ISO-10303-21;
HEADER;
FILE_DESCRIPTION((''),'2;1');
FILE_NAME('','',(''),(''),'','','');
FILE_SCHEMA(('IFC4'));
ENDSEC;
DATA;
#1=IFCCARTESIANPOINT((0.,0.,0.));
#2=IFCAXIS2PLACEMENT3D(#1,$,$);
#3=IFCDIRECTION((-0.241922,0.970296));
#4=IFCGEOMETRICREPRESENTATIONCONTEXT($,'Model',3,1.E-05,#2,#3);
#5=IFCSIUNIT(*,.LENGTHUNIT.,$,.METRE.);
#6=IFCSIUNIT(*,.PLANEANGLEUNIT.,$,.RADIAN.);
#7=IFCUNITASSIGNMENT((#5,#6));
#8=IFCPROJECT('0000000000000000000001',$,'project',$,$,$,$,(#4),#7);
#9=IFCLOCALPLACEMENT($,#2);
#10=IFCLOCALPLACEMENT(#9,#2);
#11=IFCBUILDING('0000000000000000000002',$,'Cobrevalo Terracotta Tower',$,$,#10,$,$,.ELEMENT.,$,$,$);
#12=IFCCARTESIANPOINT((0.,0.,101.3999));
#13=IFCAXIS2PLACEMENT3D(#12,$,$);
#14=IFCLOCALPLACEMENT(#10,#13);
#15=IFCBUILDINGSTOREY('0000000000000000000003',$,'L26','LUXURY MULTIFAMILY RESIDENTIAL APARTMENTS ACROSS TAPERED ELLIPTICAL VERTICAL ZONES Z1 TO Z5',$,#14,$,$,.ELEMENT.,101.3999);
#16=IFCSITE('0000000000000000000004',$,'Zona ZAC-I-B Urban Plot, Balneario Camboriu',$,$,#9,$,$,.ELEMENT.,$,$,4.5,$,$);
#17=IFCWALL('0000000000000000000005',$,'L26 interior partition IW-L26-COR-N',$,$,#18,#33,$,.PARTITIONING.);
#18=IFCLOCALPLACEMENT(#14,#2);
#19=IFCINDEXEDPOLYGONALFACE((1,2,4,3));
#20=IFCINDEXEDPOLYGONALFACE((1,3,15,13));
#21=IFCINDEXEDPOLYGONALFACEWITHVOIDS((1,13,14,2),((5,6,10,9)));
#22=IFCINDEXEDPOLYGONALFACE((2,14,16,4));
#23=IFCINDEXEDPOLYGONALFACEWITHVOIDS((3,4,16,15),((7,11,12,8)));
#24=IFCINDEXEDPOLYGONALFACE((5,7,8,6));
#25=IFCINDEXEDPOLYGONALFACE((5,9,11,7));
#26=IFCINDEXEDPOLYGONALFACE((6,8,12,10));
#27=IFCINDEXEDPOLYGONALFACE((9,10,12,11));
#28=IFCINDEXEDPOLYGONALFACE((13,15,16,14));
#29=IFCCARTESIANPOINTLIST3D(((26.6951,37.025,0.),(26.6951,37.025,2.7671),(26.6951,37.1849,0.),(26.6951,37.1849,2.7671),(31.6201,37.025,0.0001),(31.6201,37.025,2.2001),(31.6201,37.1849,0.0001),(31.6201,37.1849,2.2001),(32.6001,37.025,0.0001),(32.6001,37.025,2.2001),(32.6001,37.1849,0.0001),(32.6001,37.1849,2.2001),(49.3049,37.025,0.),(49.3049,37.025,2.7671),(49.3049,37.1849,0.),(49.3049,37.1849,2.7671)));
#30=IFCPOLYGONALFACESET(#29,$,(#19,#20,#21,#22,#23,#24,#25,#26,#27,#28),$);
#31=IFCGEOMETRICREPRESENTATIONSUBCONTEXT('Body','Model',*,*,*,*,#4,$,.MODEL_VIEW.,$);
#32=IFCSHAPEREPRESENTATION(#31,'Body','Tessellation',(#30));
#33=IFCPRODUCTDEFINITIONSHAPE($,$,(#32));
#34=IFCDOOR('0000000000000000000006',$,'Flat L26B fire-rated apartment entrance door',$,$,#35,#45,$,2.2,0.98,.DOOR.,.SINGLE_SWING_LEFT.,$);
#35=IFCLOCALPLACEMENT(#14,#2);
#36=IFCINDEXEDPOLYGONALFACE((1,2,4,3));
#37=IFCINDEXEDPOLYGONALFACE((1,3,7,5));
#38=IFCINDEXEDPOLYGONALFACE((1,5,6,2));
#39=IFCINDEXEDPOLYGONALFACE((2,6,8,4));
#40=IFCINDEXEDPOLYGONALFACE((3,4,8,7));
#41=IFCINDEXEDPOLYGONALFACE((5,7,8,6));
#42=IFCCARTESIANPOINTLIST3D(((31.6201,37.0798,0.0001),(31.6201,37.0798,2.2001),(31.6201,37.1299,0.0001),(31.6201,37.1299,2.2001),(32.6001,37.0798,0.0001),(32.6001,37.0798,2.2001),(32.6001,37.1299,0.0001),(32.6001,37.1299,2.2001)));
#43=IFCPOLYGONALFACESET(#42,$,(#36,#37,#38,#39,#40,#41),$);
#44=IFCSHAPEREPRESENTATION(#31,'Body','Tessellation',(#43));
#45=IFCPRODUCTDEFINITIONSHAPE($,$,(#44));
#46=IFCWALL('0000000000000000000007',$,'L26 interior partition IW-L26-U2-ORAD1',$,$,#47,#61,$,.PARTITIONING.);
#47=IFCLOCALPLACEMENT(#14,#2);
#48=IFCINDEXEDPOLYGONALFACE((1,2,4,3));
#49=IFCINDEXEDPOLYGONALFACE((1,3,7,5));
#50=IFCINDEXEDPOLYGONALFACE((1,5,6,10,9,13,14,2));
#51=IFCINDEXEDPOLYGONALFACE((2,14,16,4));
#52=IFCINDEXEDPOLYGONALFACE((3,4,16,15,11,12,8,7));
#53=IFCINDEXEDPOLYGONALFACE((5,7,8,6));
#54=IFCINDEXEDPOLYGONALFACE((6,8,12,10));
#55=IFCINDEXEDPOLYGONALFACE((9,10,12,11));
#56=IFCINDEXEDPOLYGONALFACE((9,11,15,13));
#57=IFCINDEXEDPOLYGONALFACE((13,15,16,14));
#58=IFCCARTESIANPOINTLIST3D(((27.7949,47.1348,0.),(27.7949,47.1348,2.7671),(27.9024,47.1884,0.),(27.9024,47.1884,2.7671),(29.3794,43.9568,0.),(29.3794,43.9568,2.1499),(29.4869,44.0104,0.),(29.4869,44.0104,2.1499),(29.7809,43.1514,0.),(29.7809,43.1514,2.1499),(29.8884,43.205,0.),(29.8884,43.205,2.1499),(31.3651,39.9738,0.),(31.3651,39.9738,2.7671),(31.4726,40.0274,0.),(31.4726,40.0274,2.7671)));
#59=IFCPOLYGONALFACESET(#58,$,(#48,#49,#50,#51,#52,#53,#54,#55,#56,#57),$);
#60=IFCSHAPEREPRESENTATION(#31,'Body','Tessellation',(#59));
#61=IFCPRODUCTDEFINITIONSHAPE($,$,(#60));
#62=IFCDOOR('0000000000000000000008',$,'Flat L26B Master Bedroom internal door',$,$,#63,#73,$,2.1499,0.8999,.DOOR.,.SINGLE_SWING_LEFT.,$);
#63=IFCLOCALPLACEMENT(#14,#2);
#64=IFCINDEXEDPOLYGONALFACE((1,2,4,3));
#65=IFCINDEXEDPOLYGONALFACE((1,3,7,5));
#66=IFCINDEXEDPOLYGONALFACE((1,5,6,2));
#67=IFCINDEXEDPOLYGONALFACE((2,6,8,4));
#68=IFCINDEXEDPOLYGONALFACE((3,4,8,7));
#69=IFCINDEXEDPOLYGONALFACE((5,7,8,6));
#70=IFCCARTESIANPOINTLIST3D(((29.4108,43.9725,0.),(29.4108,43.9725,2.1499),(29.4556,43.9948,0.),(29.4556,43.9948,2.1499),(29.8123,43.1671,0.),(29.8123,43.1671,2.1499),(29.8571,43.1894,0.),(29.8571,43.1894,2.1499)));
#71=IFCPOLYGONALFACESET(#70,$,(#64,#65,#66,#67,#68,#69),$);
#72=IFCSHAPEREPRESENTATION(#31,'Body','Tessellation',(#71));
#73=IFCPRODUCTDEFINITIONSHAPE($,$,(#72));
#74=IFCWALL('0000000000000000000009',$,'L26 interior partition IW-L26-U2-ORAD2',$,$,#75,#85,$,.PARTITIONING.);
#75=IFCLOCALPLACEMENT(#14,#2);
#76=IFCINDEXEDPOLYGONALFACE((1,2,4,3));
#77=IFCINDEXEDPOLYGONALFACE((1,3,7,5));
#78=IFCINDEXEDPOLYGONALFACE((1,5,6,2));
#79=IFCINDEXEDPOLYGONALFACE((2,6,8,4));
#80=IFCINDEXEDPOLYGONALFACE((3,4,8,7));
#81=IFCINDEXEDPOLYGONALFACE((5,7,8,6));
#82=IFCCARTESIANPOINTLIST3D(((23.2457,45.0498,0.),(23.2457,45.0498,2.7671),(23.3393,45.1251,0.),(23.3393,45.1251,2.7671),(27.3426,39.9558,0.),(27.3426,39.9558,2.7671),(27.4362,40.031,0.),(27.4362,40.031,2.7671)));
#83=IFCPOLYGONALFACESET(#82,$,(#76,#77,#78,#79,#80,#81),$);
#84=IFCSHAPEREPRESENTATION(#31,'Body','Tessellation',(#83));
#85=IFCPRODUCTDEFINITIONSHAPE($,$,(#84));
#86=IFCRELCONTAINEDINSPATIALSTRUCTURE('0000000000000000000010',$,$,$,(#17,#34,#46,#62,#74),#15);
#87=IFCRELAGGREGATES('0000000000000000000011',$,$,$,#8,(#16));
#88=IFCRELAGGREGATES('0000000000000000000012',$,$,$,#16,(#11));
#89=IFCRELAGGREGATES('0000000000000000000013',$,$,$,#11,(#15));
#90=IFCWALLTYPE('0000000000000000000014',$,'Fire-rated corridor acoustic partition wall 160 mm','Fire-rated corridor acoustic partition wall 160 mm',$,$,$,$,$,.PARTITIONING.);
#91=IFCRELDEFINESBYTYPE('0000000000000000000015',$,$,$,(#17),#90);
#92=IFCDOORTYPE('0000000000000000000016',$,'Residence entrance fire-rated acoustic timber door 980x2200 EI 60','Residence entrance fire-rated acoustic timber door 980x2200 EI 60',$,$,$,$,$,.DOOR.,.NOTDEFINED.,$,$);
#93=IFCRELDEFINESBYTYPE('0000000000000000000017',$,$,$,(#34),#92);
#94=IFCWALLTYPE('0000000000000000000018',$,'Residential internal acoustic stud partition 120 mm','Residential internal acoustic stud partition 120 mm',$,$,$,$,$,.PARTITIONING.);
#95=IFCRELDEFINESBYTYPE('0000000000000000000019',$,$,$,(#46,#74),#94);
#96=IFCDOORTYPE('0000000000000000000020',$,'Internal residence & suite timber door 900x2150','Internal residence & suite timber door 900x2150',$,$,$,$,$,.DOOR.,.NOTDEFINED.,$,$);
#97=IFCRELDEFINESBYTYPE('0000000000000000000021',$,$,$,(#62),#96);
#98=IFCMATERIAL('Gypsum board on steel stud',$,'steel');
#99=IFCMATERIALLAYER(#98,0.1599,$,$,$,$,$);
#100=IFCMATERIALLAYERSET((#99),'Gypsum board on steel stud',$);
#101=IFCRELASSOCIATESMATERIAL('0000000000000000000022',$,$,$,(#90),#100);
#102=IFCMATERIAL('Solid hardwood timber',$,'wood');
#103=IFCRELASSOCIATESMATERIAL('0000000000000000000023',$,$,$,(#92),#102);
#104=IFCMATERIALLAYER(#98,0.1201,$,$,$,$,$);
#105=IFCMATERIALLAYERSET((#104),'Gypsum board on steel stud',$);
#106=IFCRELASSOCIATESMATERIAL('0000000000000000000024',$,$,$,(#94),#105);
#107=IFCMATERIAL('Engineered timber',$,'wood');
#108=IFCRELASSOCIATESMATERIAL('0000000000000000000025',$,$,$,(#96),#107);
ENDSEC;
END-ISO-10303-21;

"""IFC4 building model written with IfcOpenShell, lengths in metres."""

from ifc_helpers import new_model, si_unit, direction, frame, frame_2d, origin, place, context, subcontext, project, spatial, rectangle, extrude, source, transform, mapped, material, layer, layer_set, type_object, element, fill, save


model = new_model("IFC4")

# Units and contexts
model_context = context("Model", 3, precision=1e-05, world=origin(), true_north=direction((-0.241922, 0.970296)))
body_context = subcontext(model_context, "Body", "Model", "MODEL_VIEW")
ifc_project = project(units=[si_unit("LENGTHUNIT", "METRE"), si_unit("PLANEANGLEUNIT", "RADIAN")], contexts=[model_context])

# Site, building, storey
site_placement = place(None, origin())
site = spatial("IfcSite", under=ifc_project, at=site_placement, Name="Zona ZAC-I-B Urban Plot, Balneario Camboriu", CompositionType="ELEMENT", RefElevation=4.5)
building_placement = place(site_placement, origin())
building = spatial("IfcBuilding", under=site, at=building_placement, Name="Cobrevalo Terracotta Tower", CompositionType="ELEMENT")
storey_placement = place(building_placement, frame((0.0, 0.0, 101.3999)))
storey = spatial("IfcBuildingStorey", under=building, at=storey_placement, Name="L26", Description="LUXURY MULTIFAMILY RESIDENTIAL APARTMENTS ACROSS TAPERED ELLIPTICAL VERTICAL ZONES Z1 TO Z5", CompositionType="ELEMENT", Elevation=101.3999)

# Walls, openings, doors
ifc_material_1 = material(Name="Gypsum board on steel stud", Category="steel")
ifc_layer_1 = layer(ifc_material_1, 0.1599)
ifc_layer_set_1 = layer_set([ifc_layer_1], Name="Gypsum board on steel stud")
wall_type_1 = type_object("IfcWallType", Name="Fire-rated corridor acoustic partition wall 160 mm", Description="Fire-rated corridor acoustic partition wall 160 mm", PredefinedType="PARTITIONING", material=ifc_layer_set_1)
wall_1_placement = place(storey_placement, frame((26.6951, 37.105, 0.0), z_axis=(0.0, 0.0, 1.0), x_axis=(1.0, 0.0, 0.0)))
wall_1 = element("IfcWall", 1, at=wall_1_placement, inside=storey, type_object=wall_type_1, Name="L26 interior partition IW-L26-COR-N", PredefinedType="PARTITIONING", context=body_context, shape_type="SweptSolid", body=[
    extrude(rectangle(XDim=22.6099, YDim=0.1599, at=frame_2d((11.3049, 0.0))), origin(), (0.0, 0.0, 1.0), 2.7671),
])
opening_1_placement = place(wall_1_placement, frame((4.925, 0.0, 0.0)))
opening_1 = element("IfcOpeningElement", 2, at=opening_1_placement, cuts=wall_1, PredefinedType="OPENING", context=body_context, shape_type="SweptSolid", body=[
    extrude(rectangle(XDim=0.98, YDim=2.2, at=frame_2d((0.49, 1.1001))), frame((0.0, 0.0898, 0.0), z_axis=(0.0, -1.0, 0.0), x_axis=(1.0, 0.0, 0.0)), (0.0, 0.0, 1.0), 0.1799),
])
ifc_material_2 = material(Name="Solid hardwood timber", Category="wood")
door_type_1 = type_object("IfcDoorType", Name="Residence entrance fire-rated acoustic timber door 980x2200 EI 60", Description="Residence entrance fire-rated acoustic timber door 980x2200 EI 60", OperationType="NOTDEFINED", PredefinedType="DOOR", material=ifc_material_2)
shared_shape_1 = source(origin(), body_context, "Body", "SweptSolid", [
    extrude(rectangle(XDim=0.98, YDim=2.2, at=frame_2d((0.49, 1.1001))), frame((0.0, 0.0249, 0.0), z_axis=(0.0, -1.0, 0.0), x_axis=(1.0, 0.0, 0.0)), (0.0, 0.0, 1.0), 0.05),
])
door_1_placement = place(opening_1_placement, origin())
door_1 = element("IfcDoor", 3, at=door_1_placement, inside=storey, type_object=door_type_1, Name="Flat L26B fire-rated apartment entrance door", OperationType="SINGLE_SWING_LEFT", OverallHeight=2.2, OverallWidth=0.98, PredefinedType="DOOR", context=body_context, shape_type="MappedRepresentation", body=[
    mapped(shared_shape_1, transform((0.0, 0.0, 0.0), scale=1.0)),
])
fill(opening_1, door_1)
ifc_layer_2 = layer(ifc_material_1, 0.1201)
ifc_layer_set_2 = layer_set([ifc_layer_2], Name="Gypsum board on steel stud")
wall_type_2 = type_object("IfcWallType", Name="Residential internal acoustic stud partition 120 mm", Description="Residential internal acoustic stud partition 120 mm", PredefinedType="PARTITIONING", material=ifc_layer_set_2)
wall_2_placement = place(storey_placement, frame((31.4189, 40.0005, 0.0), z_axis=(0.0, 0.0, 1.0), x_axis=(-0.446188, 0.894939, 0.0)))
wall_2 = element("IfcWall", 4, at=wall_2_placement, inside=storey, type_object=wall_type_2, Name="L26 interior partition IW-L26-U2-ORAD1", PredefinedType="PARTITIONING", context=body_context, shape_type="SweptSolid", body=[
    extrude(rectangle(XDim=8.0017, YDim=0.1201, at=frame_2d((4.001, 0.0))), origin(), (0.0, 0.0, 1.0), 2.7671),
])
opening_2_placement = place(wall_2_placement, frame((3.5508, 0.0, 0.0)))
opening_2 = element("IfcOpeningElement", 5, at=opening_2_placement, cuts=wall_2, PredefinedType="OPENING", context=body_context, shape_type="SweptSolid", body=[
    extrude(rectangle(XDim=0.8999, YDim=2.1499, at=frame_2d((0.45, 1.075))), frame((0.0, 0.0701, 0.0), z_axis=(0.0, -1.0, 0.0), x_axis=(1.0, 0.0, 0.0)), (0.0, 0.0, 1.0), 0.1401),
])
ifc_material_3 = material(Name="Engineered timber", Category="wood")
door_type_2 = type_object("IfcDoorType", Name="Internal residence & suite timber door 900x2150", Description="Internal residence & suite timber door 900x2150", OperationType="NOTDEFINED", PredefinedType="DOOR", material=ifc_material_3)
shared_shape_2 = source(origin(), body_context, "Body", "SweptSolid", [
    extrude(rectangle(XDim=0.8999, YDim=2.1499, at=frame_2d((0.45, 1.075))), frame((0.0, 0.0249, 0.0), z_axis=(0.0, -1.0, 0.0), x_axis=(1.0, 0.0, 0.0)), (0.0, 0.0, 1.0), 0.05),
])
door_2_placement = place(opening_2_placement, origin())
door_2 = element("IfcDoor", 6, at=door_2_placement, inside=storey, type_object=door_type_2, Name="Flat L26B Master Bedroom internal door", OperationType="SINGLE_SWING_LEFT", OverallHeight=2.1499, OverallWidth=0.8999, PredefinedType="DOOR", context=body_context, shape_type="MappedRepresentation", body=[
    mapped(shared_shape_2, transform((0.0, 0.0, 0.0), scale=1.0)),
])
fill(opening_2, door_2)

# Wall
wall_3_placement = place(storey_placement, frame((27.3894, 39.9934, 0.0), z_axis=(0.0, 0.0, 1.0), x_axis=(-0.62672, 0.779245, 0.0)))
element("IfcWall", 7, at=wall_3_placement, inside=storey, type_object=wall_type_2, Name="L26 interior partition IW-L26-U2-ORAD2", PredefinedType="PARTITIONING", context=body_context, shape_type="SweptSolid", body=[
    extrude(rectangle(XDim=6.5371, YDim=0.1201, at=frame_2d((3.2686, 0.0))), origin(), (0.0, 0.0, 1.0), 2.7671),
])

save(model, "model.ifc")
